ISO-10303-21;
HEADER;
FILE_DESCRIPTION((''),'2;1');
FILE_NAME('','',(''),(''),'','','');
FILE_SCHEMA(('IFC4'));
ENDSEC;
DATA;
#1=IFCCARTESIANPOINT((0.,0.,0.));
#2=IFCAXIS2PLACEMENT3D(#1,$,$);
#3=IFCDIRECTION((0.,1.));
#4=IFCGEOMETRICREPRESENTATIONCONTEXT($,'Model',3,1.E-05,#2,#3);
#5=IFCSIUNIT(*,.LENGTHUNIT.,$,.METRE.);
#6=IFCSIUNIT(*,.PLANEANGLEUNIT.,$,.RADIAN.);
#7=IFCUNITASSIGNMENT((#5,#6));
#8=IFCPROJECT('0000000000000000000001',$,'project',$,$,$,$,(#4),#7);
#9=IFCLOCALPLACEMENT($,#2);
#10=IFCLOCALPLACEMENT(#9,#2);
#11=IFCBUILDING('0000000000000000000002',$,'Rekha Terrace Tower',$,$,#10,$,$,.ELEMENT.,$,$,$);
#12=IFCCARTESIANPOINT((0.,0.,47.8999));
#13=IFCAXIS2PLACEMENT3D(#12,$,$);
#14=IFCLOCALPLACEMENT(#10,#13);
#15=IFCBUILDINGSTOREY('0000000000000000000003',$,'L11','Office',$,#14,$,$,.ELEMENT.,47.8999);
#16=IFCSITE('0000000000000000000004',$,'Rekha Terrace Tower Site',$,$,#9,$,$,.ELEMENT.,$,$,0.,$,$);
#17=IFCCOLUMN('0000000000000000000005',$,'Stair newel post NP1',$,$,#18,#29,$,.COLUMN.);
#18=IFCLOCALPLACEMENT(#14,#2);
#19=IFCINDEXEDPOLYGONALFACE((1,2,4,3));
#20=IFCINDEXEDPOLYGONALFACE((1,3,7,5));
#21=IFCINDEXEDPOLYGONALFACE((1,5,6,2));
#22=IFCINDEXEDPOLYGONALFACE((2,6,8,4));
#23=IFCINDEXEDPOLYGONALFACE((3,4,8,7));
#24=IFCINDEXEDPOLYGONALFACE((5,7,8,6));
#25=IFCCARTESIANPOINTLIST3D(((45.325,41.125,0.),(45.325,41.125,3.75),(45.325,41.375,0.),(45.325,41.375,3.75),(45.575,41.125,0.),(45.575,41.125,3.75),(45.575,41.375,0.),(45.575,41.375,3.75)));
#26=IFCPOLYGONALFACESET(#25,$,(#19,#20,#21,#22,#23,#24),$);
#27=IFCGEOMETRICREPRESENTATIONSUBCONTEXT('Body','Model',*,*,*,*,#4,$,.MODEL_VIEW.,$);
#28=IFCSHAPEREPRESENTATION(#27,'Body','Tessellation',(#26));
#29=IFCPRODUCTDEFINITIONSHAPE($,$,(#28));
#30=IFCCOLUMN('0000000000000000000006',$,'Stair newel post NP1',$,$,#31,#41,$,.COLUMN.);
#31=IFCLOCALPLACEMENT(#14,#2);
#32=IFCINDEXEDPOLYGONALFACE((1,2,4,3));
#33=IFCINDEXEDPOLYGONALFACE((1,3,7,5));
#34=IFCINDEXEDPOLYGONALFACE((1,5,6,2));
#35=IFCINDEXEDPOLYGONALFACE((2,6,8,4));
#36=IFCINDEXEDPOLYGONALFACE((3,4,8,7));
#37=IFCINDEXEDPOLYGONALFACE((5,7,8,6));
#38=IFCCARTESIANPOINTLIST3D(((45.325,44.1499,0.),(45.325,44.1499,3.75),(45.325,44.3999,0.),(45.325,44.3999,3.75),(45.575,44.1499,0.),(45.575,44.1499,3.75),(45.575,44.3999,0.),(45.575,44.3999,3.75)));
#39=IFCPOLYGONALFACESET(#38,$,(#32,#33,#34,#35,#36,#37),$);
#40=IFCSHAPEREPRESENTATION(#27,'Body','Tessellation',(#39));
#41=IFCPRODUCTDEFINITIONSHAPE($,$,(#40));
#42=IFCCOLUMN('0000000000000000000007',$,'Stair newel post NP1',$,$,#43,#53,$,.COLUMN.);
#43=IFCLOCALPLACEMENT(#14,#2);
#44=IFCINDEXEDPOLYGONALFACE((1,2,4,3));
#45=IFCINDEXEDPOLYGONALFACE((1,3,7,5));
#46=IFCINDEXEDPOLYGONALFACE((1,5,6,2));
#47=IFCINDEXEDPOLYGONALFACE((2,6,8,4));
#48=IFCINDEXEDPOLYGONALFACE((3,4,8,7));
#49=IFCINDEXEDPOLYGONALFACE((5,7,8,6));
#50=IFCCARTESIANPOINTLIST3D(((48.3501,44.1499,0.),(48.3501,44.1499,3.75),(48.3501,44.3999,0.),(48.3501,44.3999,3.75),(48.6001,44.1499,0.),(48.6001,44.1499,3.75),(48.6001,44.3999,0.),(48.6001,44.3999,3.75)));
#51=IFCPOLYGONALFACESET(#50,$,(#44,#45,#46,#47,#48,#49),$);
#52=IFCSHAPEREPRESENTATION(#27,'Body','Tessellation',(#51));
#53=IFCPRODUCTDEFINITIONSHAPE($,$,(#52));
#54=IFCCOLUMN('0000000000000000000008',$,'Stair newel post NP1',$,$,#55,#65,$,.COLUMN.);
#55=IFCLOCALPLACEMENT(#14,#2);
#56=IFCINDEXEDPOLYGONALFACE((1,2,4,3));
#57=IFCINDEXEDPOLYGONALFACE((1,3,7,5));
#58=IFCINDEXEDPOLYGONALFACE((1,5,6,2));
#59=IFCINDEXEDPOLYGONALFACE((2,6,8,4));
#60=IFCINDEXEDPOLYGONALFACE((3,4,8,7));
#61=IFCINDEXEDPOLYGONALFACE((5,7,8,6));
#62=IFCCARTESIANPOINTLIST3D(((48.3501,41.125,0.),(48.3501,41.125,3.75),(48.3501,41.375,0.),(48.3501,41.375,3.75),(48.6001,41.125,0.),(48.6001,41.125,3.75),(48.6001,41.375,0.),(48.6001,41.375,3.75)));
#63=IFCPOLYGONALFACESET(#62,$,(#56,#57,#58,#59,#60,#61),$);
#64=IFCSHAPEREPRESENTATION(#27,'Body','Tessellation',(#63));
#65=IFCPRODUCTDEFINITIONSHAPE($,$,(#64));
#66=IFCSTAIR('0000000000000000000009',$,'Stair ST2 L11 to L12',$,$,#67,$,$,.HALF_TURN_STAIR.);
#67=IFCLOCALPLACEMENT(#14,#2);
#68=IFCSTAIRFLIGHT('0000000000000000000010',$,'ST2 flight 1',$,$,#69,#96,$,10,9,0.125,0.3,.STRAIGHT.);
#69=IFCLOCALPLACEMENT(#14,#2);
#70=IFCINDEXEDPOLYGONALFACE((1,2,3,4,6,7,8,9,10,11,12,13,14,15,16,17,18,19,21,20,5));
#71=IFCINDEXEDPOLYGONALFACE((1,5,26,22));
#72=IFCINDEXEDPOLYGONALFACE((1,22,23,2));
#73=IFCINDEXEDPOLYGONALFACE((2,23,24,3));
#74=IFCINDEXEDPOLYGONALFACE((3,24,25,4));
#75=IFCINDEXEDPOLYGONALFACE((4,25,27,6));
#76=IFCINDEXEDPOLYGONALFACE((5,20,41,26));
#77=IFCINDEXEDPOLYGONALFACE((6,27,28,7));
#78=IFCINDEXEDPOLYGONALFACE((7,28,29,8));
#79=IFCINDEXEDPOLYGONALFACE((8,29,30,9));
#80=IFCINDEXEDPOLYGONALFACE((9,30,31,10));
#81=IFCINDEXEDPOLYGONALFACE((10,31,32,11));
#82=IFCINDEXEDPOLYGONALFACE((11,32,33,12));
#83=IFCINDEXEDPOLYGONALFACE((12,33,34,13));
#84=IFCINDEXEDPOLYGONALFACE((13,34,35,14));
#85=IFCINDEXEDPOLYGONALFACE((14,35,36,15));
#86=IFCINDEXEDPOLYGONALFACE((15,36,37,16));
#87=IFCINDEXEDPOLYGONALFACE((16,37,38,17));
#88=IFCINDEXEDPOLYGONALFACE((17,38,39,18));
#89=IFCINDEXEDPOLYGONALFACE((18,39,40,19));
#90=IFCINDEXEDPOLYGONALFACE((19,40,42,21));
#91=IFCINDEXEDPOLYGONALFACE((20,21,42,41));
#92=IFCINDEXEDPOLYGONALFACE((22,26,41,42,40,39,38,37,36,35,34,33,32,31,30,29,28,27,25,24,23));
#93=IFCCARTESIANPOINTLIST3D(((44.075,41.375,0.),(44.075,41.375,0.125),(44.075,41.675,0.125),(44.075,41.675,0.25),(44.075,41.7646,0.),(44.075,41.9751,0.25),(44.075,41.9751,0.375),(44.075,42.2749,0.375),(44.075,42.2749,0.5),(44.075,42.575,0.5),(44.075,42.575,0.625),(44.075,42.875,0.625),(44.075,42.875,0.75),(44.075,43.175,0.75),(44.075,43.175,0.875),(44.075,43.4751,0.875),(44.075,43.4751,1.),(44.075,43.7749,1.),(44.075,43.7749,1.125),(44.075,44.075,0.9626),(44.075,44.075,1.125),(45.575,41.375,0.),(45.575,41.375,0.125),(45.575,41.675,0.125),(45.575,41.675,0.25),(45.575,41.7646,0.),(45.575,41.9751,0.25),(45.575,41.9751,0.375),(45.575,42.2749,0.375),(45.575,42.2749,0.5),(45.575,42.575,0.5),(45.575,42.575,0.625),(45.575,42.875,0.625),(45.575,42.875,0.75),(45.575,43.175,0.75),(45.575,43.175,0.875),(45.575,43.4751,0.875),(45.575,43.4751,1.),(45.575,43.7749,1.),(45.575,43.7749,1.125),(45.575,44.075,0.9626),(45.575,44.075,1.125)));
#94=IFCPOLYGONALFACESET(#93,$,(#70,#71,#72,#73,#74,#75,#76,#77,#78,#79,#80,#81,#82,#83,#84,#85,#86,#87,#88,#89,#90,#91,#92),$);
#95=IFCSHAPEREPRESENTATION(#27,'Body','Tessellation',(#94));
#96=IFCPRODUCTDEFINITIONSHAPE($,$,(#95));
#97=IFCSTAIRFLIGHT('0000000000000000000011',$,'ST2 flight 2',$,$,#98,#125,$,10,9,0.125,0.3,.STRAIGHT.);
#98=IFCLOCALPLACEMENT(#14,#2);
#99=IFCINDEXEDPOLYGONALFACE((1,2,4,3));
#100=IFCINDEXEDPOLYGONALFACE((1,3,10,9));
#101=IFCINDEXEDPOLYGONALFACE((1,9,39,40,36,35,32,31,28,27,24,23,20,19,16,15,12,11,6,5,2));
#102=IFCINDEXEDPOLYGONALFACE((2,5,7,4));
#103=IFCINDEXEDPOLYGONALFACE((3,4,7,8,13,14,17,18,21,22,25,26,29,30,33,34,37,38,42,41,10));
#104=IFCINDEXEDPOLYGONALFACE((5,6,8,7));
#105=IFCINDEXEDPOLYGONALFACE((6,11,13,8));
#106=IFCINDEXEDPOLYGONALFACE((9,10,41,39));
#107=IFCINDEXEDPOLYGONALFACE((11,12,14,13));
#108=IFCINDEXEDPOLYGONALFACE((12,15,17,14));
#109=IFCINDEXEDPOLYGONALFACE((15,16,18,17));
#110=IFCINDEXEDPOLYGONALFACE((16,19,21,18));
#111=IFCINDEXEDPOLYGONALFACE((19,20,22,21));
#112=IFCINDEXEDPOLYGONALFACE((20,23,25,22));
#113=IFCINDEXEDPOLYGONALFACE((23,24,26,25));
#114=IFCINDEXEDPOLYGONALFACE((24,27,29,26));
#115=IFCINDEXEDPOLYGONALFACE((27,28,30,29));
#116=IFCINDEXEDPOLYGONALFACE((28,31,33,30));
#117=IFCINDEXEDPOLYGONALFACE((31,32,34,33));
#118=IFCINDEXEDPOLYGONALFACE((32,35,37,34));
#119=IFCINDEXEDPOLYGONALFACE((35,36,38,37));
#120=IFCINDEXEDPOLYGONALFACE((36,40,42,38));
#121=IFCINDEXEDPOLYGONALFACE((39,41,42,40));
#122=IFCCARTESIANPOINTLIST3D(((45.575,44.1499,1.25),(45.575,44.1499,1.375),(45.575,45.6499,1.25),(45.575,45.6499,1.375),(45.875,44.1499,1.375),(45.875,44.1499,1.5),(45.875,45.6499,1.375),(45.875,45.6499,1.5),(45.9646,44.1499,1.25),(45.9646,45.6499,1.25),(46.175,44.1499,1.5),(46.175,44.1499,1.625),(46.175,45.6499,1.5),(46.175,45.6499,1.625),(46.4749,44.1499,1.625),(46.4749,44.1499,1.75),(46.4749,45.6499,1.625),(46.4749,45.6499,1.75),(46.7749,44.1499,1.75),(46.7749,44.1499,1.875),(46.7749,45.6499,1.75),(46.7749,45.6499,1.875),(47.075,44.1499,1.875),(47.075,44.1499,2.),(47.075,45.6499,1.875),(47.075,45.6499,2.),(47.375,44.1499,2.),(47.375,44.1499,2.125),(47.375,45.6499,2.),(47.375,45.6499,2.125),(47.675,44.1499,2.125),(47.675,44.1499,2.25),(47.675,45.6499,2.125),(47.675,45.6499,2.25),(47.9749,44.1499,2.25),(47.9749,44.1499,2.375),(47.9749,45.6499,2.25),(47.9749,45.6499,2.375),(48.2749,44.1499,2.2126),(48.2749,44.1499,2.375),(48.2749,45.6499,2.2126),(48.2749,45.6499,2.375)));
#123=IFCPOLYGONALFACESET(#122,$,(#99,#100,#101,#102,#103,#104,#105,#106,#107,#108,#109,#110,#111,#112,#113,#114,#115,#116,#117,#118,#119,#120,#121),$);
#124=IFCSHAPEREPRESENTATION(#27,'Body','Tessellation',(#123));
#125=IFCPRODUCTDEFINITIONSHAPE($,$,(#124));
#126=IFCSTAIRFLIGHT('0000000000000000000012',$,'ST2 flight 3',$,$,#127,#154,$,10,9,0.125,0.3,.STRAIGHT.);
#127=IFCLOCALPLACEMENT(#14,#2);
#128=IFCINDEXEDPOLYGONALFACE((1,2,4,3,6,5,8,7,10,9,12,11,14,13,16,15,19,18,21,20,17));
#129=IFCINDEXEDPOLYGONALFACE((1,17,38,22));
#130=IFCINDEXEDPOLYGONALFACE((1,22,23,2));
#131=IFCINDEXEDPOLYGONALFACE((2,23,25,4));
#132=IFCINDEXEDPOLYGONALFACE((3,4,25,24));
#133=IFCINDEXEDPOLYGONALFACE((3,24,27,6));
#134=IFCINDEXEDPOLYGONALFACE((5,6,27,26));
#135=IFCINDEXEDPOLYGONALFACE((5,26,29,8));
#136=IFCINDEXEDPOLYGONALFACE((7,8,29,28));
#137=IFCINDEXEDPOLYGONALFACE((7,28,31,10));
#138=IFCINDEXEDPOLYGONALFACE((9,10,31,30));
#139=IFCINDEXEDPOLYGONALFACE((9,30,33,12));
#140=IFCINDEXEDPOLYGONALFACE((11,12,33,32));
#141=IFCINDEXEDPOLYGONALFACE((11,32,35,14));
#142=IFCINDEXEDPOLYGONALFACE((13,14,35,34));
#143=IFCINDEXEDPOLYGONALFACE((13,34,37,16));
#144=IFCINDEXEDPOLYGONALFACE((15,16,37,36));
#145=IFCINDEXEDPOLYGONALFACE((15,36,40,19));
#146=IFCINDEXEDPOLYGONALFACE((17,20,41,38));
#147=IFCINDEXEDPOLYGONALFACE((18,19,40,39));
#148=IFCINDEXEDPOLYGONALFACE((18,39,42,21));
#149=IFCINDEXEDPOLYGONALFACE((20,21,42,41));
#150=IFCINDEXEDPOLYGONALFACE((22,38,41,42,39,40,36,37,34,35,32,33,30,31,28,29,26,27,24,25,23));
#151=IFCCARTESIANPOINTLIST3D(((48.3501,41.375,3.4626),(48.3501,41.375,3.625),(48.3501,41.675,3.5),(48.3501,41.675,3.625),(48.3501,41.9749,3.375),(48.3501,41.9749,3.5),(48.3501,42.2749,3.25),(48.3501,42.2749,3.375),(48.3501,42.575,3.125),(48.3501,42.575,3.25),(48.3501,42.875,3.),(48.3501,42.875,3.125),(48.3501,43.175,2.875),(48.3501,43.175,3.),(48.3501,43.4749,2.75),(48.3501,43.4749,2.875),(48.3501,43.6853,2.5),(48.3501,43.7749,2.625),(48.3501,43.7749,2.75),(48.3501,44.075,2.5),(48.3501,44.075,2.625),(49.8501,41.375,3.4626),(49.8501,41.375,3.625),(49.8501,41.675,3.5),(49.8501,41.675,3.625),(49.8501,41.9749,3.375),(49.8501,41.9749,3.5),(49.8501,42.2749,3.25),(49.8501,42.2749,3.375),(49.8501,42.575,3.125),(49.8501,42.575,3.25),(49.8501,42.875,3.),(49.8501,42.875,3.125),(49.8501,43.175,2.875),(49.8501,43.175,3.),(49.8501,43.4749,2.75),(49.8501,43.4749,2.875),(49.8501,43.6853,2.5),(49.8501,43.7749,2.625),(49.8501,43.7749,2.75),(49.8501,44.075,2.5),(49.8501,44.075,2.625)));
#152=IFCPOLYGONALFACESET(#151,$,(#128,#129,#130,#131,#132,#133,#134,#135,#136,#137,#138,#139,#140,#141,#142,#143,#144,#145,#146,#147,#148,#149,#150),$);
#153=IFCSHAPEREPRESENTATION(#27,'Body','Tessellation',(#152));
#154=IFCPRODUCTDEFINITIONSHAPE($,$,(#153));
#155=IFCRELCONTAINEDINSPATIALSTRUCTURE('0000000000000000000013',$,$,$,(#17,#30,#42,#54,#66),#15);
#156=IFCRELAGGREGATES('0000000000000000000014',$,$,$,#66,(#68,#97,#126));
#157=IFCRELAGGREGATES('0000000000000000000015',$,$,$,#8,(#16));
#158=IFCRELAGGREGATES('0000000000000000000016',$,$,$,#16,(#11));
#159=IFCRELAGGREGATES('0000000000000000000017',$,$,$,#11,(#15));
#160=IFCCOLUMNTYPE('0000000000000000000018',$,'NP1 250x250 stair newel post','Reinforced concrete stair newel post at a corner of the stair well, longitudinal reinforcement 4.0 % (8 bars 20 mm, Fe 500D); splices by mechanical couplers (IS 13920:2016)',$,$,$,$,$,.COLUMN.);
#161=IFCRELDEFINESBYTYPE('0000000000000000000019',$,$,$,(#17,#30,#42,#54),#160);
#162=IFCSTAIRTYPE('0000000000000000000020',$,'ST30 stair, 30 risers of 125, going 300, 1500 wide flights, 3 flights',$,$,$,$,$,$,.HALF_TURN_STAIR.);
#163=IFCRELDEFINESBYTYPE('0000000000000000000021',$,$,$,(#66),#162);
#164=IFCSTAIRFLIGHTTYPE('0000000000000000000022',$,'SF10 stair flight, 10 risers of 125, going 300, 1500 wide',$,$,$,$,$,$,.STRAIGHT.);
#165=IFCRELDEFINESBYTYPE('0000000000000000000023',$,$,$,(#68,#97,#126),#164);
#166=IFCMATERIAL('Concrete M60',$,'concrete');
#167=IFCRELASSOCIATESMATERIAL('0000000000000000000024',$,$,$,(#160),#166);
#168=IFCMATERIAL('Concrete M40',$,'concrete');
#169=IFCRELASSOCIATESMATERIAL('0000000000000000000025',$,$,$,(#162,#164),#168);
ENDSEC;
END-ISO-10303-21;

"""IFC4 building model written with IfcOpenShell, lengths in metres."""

from ifc_helpers import new_model, si_unit, direction, frame, origin, origin_2d, place, context, subcontext, project, spatial, polyline, rectangle, outline, extrude, material, material_profile, profile_set, type_object, element, aggregate, save


model = new_model("IFC4")

# Units and contexts
model_context = context("Model", 3, precision=1e-05, world=origin(), true_north=direction((0.0, 1.0)))
body_context = subcontext(model_context, "Body", "Model", "MODEL_VIEW")
ifc_project = project(units=[si_unit("LENGTHUNIT", "METRE"), si_unit("PLANEANGLEUNIT", "RADIAN")], contexts=[model_context])

# Site, building, storey
site_placement = place(None, origin())
site = spatial("IfcSite", under=ifc_project, at=site_placement, Name="Rekha Terrace Tower Site", CompositionType="ELEMENT", RefElevation=0.0)
building_placement = place(site_placement, origin())
building = spatial("IfcBuilding", under=site, at=building_placement, Name="Rekha Terrace Tower", CompositionType="ELEMENT")
storey_placement = place(building_placement, frame((0.0, 0.0, 47.8999)))
storey = spatial("IfcBuildingStorey", under=building, at=storey_placement, Name="L11", Description="Office", CompositionType="ELEMENT", Elevation=47.8999)

# Columns
ifc_material_1 = material(Name="Concrete M60", Category="concrete")
ifc_material_profile = material_profile(ifc_material_1, rectangle(XDim=0.25, YDim=0.25, at=origin_2d()), Name="RC 250x250")
ifc_profile_set = profile_set([ifc_material_profile], Name="Concrete M60")
column_type = type_object("IfcColumnType", Name="NP1 250x250 stair newel post", Description="Reinforced concrete stair newel post at a corner of the stair well, longitudinal reinforcement 4.0 % (8 bars 20 mm, Fe 500D); splices by mechanical couplers (IS 13920:2016)", PredefinedType="COLUMN", material=ifc_profile_set)
for number, where, z_axis, x_axis, name in (
    (1, (45.45, 41.25, 0.0), (0.0, 0.0, 1.0), (1.0, 0.0, 0.0), "Stair newel post NP1"),
    (2, (45.45, 44.2749, 0.0), (0.0, 0.0, 1.0), (1.0, 0.0, 0.0), "Stair newel post NP1"),
    (3, (48.4751, 44.2749, 0.0), (0.0, 0.0, 1.0), (1.0, 0.0, 0.0), "Stair newel post NP1"),
    (4, (48.4751, 41.25, 0.0), (0.0, 0.0, 1.0), (1.0, 0.0, 0.0), "Stair newel post NP1"),
):
    element("IfcColumn", number, at=place(storey_placement, frame(where, z_axis=z_axis, x_axis=x_axis)), inside=storey, type_object=column_type, Name=name, PredefinedType="COLUMN", context=body_context, shape_type="SweptSolid", body=[
        extrude(rectangle(XDim=0.25, YDim=0.25, at=origin_2d()), origin(), (0.0, 0.0, 1.0), 3.75),
    ])

# Stair, stair flights
ifc_material_2 = material(Name="Concrete M40", Category="concrete")
stair_type = type_object("IfcStairType", Name="ST30 stair, 30 risers of 125, going 300, 1500 wide flights, 3 flights", PredefinedType="HALF_TURN_STAIR", material=ifc_material_2)
stair_placement = place(storey_placement, origin())
stair = element("IfcStair", 5, at=stair_placement, inside=storey, type_object=stair_type, Name="Stair ST2 L11 to L12", PredefinedType="HALF_TURN_STAIR")
stair_flight_type = type_object("IfcStairFlightType", Name="SF10 stair flight, 10 risers of 125, going 300, 1500 wide", PredefinedType="STRAIGHT", material=ifc_material_2)
stair_flight_1_placement = place(storey_placement, frame((44.825, 41.375, 0.0), z_axis=(0.0, 0.0, 1.0), x_axis=(0.0, 1.0, 0.0)))
stair_flight_1 = element("IfcStairFlight", 6, at=stair_flight_1_placement, type_object=stair_flight_type, Name="ST2 flight 1", NumberOfRisers=10, NumberOfTreads=9, PredefinedType="STRAIGHT", RiserHeight=0.125, TreadLength=0.3, context=body_context, shape_type="SweptSolid", body=[
    extrude(outline(polyline([(0.0, 0.0), (0.0, 0.125), (0.3, 0.125), (0.3, 0.25), (0.6001, 0.25), (0.6001, 0.375), (0.8999, 0.375), (0.8999, 0.5), (1.2, 0.5), (1.2, 0.625), (1.5, 0.625), (1.5, 0.75), (1.8, 0.75), (1.8, 0.875), (2.1001, 0.875), (2.1001, 1.0), (2.3999, 1.0), (2.3999, 1.125), (2.7, 1.125), (2.7, 1.25), (2.7, 0.9626), (0.3896, 0.0), (0.0, 0.0)])), frame((0.0, 0.75, 0.0), z_axis=(0.0, -1.0, 0.0), x_axis=(1.0, 0.0, 0.0)), (0.0, 0.0, 1.0), 1.5),
])
stair_flight_2_placement = place(storey_placement, frame((45.575, 44.8999, 1.25), z_axis=(0.0, 0.0, 1.0), x_axis=(1.0, 0.0, 0.0)))
stair_flight_2 = element("IfcStairFlight", 7, at=stair_flight_2_placement, type_object=stair_flight_type, Name="ST2 flight 2", NumberOfRisers=10, NumberOfTreads=9, PredefinedType="STRAIGHT", RiserHeight=0.125, TreadLength=0.3, context=body_context, shape_type="SweptSolid", body=[
    extrude(outline(polyline([(0.0, 0.0), (0.0, 0.125), (0.3, 0.125), (0.3, 0.25), (0.6001, 0.25), (0.6001, 0.375), (0.8999, 0.375), (0.8999, 0.5), (1.2, 0.5), (1.2, 0.625), (1.5, 0.625), (1.5, 0.75), (1.8, 0.75), (1.8, 0.875), (2.1001, 0.875), (2.1001, 1.0), (2.3999, 1.0), (2.3999, 1.125), (2.7, 1.125), (2.7, 1.25), (2.7, 0.9626), (0.3896, 0.0), (0.0, 0.0)])), frame((0.0, 0.75, 0.0), z_axis=(0.0, -1.0, 0.0), x_axis=(1.0, 0.0, 0.0)), (0.0, 0.0, 1.0), 1.5),
])
stair_flight_3_placement = place(storey_placement, frame((49.1001, 44.075, 2.5), z_axis=(0.0, 0.0, 1.0), x_axis=(0.0, -1.0, 0.0)))
stair_flight_3 = element("IfcStairFlight", 8, at=stair_flight_3_placement, type_object=stair_flight_type, Name="ST2 flight 3", NumberOfRisers=10, NumberOfTreads=9, PredefinedType="STRAIGHT", RiserHeight=0.125, TreadLength=0.3, context=body_context, shape_type="SweptSolid", body=[
    extrude(outline(polyline([(0.0, 0.0), (0.0, 0.125), (0.3, 0.125), (0.3, 0.25), (0.6001, 0.25), (0.6001, 0.375), (0.8999, 0.375), (0.8999, 0.5), (1.2, 0.5), (1.2, 0.625), (1.5, 0.625), (1.5, 0.75), (1.8, 0.75), (1.8, 0.875), (2.1001, 0.875), (2.1001, 1.0), (2.3999, 1.0), (2.3999, 1.125), (2.7, 1.125), (2.7, 1.25), (2.7, 0.9626), (0.3896, 0.0), (0.0, 0.0)])), frame((0.0, 0.75, 0.0), z_axis=(0.0, -1.0, 0.0), x_axis=(1.0, 0.0, 0.0)), (0.0, 0.0, 1.0), 1.5),
])
aggregate(stair, [stair_flight_1, stair_flight_2, stair_flight_3])

save(model, "model.ifc")
